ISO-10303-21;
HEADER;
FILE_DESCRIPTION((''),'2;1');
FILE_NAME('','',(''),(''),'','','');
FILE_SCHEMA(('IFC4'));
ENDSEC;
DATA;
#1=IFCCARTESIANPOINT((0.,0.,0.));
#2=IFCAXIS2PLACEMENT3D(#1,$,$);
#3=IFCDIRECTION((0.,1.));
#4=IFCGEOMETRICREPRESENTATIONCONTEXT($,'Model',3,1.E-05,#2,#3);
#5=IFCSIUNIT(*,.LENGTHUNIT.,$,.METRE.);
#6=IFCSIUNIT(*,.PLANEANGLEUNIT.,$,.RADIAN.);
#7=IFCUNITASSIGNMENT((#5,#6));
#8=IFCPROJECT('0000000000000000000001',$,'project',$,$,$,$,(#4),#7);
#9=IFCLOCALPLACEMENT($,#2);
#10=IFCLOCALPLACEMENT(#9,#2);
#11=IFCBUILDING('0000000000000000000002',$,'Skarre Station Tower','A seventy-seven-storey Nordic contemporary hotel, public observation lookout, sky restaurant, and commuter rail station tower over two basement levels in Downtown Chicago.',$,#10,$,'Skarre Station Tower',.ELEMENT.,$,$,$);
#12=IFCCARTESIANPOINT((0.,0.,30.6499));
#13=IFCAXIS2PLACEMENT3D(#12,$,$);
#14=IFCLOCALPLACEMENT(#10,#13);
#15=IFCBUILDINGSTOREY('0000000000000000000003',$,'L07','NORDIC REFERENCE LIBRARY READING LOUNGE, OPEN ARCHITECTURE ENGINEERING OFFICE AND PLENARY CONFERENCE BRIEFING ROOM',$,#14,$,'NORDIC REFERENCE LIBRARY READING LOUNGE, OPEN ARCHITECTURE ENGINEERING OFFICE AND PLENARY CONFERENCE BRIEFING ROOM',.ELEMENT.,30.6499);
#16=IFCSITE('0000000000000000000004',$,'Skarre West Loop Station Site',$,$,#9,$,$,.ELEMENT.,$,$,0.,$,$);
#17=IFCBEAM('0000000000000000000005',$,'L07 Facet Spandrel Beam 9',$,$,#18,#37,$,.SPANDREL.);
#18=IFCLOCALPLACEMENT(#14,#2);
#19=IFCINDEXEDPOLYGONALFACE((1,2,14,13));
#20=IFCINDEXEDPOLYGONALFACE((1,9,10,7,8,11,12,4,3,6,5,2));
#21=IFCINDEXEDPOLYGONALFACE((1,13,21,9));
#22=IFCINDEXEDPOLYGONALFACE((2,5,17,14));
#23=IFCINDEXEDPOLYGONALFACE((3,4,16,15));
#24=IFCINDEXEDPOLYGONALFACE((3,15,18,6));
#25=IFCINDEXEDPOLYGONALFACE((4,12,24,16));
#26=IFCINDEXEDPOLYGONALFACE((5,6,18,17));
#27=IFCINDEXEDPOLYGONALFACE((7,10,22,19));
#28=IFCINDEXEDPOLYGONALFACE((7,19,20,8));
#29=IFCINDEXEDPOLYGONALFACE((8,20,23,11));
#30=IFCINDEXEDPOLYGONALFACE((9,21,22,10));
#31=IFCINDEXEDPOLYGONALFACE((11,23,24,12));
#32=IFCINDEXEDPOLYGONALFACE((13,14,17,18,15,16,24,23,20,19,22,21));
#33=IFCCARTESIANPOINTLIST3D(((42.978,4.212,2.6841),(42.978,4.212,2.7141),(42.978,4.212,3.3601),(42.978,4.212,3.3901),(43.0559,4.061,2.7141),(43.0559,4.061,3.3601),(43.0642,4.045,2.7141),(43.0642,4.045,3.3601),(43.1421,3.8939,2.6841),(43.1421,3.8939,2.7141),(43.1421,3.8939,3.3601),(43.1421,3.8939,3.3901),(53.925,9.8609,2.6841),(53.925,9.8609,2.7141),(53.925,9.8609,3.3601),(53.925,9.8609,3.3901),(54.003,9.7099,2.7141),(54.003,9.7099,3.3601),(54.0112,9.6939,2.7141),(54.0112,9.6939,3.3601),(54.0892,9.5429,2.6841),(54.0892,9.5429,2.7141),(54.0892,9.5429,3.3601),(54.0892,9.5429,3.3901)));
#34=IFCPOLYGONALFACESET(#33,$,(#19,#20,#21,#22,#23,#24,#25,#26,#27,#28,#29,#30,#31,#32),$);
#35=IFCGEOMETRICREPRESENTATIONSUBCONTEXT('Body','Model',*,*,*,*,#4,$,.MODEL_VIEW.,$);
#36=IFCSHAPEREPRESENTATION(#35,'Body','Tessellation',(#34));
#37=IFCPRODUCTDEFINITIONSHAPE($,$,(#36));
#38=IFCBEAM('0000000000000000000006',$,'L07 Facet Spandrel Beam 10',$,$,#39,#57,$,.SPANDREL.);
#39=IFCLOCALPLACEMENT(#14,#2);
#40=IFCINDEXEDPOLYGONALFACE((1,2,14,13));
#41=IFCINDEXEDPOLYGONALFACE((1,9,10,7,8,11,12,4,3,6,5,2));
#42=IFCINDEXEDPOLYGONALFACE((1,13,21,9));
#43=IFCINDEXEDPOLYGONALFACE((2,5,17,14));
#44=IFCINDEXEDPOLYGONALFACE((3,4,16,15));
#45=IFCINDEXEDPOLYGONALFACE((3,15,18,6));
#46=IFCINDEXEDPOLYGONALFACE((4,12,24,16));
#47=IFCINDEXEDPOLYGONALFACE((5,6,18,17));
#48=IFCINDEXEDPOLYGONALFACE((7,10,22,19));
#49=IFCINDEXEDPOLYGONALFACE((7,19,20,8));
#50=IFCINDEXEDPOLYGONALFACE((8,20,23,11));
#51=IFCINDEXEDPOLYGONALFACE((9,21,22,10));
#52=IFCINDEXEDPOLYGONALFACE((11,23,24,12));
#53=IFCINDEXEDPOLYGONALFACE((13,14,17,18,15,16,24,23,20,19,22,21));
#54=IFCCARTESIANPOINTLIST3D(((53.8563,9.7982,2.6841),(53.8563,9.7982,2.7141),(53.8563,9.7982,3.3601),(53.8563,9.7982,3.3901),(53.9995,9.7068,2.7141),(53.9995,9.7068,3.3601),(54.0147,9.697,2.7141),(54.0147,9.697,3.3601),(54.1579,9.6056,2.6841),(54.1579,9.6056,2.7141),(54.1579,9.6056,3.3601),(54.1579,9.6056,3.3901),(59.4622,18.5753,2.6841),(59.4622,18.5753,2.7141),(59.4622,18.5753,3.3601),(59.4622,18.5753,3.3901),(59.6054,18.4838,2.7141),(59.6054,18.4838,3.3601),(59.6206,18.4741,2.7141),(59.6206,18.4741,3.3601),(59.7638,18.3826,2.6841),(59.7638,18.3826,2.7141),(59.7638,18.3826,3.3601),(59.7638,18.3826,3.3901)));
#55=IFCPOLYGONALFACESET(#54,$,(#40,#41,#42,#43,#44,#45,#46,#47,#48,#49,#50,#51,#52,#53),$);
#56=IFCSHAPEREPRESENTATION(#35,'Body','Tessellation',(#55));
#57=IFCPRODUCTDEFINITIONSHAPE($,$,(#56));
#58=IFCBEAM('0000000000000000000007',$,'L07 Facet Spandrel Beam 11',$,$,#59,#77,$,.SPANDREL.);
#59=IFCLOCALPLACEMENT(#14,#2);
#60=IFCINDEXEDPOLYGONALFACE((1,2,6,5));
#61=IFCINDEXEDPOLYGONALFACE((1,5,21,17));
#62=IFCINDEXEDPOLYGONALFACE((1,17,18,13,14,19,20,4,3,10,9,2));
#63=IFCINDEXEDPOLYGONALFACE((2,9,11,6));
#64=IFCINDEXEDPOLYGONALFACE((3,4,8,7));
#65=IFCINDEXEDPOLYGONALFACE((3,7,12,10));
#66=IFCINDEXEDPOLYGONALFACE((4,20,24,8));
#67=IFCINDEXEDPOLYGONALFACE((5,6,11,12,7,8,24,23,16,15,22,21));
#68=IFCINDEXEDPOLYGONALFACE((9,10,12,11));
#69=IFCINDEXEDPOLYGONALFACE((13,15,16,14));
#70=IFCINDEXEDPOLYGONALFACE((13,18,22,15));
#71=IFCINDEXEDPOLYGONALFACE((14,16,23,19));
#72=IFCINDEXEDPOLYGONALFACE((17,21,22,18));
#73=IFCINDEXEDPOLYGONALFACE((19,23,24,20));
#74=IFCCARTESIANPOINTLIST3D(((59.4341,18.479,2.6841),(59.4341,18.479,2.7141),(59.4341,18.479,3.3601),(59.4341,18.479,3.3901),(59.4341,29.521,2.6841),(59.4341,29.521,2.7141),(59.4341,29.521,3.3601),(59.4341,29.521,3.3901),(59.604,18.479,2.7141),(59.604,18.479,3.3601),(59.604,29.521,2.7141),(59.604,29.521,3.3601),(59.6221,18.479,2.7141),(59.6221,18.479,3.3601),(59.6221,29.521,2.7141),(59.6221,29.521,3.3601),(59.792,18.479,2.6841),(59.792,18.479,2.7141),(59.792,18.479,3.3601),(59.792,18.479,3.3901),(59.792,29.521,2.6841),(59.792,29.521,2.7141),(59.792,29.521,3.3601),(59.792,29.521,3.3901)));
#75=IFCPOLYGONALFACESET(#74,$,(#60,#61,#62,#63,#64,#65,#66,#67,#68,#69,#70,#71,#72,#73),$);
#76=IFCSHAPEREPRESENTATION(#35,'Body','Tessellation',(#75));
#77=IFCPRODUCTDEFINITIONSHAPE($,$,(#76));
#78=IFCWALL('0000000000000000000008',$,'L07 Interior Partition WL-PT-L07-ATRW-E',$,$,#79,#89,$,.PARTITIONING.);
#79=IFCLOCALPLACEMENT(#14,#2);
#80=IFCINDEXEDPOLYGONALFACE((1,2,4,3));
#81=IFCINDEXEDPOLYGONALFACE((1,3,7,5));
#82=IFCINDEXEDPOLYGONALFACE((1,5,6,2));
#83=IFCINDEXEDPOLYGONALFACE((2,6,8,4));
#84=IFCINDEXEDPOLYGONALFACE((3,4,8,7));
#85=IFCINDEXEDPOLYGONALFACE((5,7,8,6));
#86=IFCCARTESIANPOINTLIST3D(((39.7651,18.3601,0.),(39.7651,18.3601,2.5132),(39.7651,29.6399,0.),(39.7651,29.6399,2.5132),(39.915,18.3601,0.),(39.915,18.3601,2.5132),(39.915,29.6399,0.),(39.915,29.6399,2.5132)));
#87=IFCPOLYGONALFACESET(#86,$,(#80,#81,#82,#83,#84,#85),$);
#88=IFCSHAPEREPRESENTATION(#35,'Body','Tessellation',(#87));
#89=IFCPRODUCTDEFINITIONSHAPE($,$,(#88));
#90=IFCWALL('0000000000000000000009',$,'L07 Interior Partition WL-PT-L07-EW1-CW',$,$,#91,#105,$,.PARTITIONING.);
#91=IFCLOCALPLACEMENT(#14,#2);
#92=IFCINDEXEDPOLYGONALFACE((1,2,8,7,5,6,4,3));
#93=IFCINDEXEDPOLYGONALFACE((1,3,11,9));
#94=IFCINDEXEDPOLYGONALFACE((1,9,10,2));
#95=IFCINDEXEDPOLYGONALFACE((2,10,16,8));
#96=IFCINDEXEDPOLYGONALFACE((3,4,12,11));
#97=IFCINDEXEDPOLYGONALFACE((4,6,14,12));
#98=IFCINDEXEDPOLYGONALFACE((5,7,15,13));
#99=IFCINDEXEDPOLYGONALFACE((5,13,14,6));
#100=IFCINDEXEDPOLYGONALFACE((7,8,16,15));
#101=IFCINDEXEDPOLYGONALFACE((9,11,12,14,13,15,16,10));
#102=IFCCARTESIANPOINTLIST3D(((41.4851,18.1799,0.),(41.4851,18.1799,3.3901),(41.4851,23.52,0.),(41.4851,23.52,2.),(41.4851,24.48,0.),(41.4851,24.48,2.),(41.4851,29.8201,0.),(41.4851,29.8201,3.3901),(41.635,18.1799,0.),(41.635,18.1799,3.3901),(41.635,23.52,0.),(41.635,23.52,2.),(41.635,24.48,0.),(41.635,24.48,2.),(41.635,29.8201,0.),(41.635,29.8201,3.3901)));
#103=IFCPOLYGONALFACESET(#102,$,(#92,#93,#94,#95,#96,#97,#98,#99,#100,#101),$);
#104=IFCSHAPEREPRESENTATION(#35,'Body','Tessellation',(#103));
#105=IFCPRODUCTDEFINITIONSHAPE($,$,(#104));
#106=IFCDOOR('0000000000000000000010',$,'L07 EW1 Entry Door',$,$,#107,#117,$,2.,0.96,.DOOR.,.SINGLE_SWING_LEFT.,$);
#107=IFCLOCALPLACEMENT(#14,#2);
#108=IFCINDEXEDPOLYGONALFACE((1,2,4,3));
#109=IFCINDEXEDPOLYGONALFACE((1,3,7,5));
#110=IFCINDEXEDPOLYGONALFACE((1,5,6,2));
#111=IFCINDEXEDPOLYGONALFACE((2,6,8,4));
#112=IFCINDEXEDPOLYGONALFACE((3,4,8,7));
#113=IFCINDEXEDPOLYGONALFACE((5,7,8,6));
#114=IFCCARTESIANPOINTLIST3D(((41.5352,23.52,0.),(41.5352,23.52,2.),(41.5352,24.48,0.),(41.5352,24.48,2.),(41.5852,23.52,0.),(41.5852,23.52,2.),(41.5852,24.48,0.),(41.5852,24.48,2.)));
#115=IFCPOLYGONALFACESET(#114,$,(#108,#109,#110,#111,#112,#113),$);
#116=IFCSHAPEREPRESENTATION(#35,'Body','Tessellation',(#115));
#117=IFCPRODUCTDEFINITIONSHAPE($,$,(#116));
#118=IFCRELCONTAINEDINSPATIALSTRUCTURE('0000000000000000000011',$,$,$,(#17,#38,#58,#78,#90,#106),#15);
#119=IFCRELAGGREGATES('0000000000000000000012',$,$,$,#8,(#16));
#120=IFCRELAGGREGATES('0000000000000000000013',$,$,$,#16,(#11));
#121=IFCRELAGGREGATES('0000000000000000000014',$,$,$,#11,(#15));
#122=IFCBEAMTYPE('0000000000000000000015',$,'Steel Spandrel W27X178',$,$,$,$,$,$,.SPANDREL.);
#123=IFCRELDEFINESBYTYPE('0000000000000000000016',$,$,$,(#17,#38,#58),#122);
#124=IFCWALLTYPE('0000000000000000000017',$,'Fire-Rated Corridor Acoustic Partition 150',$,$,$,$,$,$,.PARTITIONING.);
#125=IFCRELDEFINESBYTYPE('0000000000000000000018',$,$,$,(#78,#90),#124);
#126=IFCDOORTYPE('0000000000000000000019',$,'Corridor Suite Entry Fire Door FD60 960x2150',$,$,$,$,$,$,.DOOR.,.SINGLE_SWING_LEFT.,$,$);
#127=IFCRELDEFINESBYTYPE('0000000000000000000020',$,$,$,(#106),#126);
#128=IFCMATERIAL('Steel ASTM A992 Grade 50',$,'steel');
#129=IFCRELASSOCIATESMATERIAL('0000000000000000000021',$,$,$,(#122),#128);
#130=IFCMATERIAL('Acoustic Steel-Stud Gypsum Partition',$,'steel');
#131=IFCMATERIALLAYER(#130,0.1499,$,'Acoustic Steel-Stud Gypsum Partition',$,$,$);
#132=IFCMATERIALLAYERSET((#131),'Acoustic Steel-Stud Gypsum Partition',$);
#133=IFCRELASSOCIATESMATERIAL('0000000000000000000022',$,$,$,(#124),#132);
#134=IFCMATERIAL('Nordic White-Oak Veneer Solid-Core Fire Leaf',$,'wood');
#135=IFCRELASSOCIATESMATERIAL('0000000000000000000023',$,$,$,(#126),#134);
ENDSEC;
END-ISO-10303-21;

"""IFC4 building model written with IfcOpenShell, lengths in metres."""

from ifc_helpers import new_model, si_unit, direction, frame, frame_2d, origin, origin_2d, place, context, subcontext, project, spatial, rectangle, i_section, extrude, material, layer, layer_set, material_profile, profile_set, type_object, element, fill, save


model = new_model("IFC4")

# Units and contexts
model_context = context("Model", 3, precision=1e-05, world=origin(), true_north=direction((0.0, 1.0)))
body_context = subcontext(model_context, "Body", "Model", "MODEL_VIEW")
ifc_project = project(units=[si_unit("LENGTHUNIT", "METRE"), si_unit("PLANEANGLEUNIT", "RADIAN")], contexts=[model_context])

# Site, building, storey
site_placement = place(None, origin())
site = spatial("IfcSite", under=ifc_project, at=site_placement, Name="Skarre West Loop Station Site", CompositionType="ELEMENT", RefElevation=0.0)
building_placement = place(site_placement, origin())
building = spatial("IfcBuilding", under=site, at=building_placement, Name="Skarre Station Tower", Description="A seventy-seven-storey Nordic contemporary hotel, public observation lookout, sky restaurant, and commuter rail station tower over two basement levels in Downtown Chicago.", LongName="Skarre Station Tower", CompositionType="ELEMENT")
storey_placement = place(building_placement, frame((0.0, 0.0, 30.6499)))
storey = spatial("IfcBuildingStorey", under=building, at=storey_placement, Name="L07", Description="NORDIC REFERENCE LIBRARY READING LOUNGE, OPEN ARCHITECTURE ENGINEERING OFFICE AND PLENARY CONFERENCE BRIEFING ROOM", LongName="NORDIC REFERENCE LIBRARY READING LOUNGE, OPEN ARCHITECTURE ENGINEERING OFFICE AND PLENARY CONFERENCE BRIEFING ROOM", CompositionType="ELEMENT", Elevation=30.6499)

# Beams
ifc_material_1 = material(Name="Steel ASTM A992 Grade 50", Category="steel")
ifc_material_profile_1 = material_profile(ifc_material_1, i_section(OverallWidth=0.3579, OverallDepth=0.7061, WebThickness=0.0181, FlangeThickness=0.03, at=origin_2d()), Name="Steel ASTM A992 Grade 50")
ifc_profile_set_1 = profile_set([ifc_material_profile_1], Name="Steel ASTM A992 Grade 50")
beam_type_1 = type_object("IfcBeamType", Name="Steel Spandrel W27X178", PredefinedType="SPANDREL", material=ifc_profile_set_1)
beam_1_placement = place(storey_placement, frame((43.0601, 4.053, 3.0371), z_axis=(0.888659, 0.458569, 0.0), x_axis=(-0.458569, 0.888659, 0.0)))
element("IfcBeam", 1, at=beam_1_placement, inside=storey, type_object=beam_type_1, Name="L07 Facet Spandrel Beam 9", PredefinedType="SPANDREL", context=body_context, shape_type="SweptSolid", body=[
    extrude(i_section(OverallWidth=0.3579, OverallDepth=0.7061, WebThickness=0.0181, FlangeThickness=0.03, at=origin_2d()), origin(), (0.0, 0.0, 1.0), 12.3186),
])
beam_2_placement = place(storey_placement, frame((54.0071, 9.7019, 3.0371), z_axis=(0.538278, 0.842767, 0.0), x_axis=(-0.842767, 0.538278, 0.0)))
element("IfcBeam", 2, at=beam_2_placement, inside=storey, type_object=beam_type_1, Name="L07 Facet Spandrel Beam 10", PredefinedType="SPANDREL", context=body_context, shape_type="SweptSolid", body=[
    extrude(i_section(OverallWidth=0.3579, OverallDepth=0.7061, WebThickness=0.0181, FlangeThickness=0.03, at=origin_2d()), origin(), (0.0, 0.0, 1.0), 10.4146),
])
beam_3_placement = place(storey_placement, frame((59.613, 18.479, 3.0371), z_axis=(0.0, 1.0, 0.0), x_axis=(-1.0, 0.0, 0.0)))
element("IfcBeam", 3, at=beam_3_placement, inside=storey, type_object=beam_type_1, Name="L07 Facet Spandrel Beam 11", PredefinedType="SPANDREL", context=body_context, shape_type="SweptSolid", body=[
    extrude(i_section(OverallWidth=0.3579, OverallDepth=0.7061, WebThickness=0.0181, FlangeThickness=0.03, at=origin_2d()), origin(), (0.0, 0.0, 1.0), 11.042),
])

# Wall
ifc_material_2 = material(Name="Acoustic Steel-Stud Gypsum Partition", Category="steel")
ifc_layer_1 = layer(ifc_material_2, 0.1499, Name="Acoustic Steel-Stud Gypsum Partition")
ifc_layer_set_1 = layer_set([ifc_layer_1], Name="Acoustic Steel-Stud Gypsum Partition")
wall_type_1 = type_object("IfcWallType", Name="Fire-Rated Corridor Acoustic Partition 150", PredefinedType="PARTITIONING", material=ifc_layer_set_1)
wall_1_placement = place(storey_placement, frame((39.8401, 18.3601, 0.0), z_axis=(0.0, 0.0, 1.0), x_axis=(0.0, 1.0, 0.0)))
element("IfcWall", 4, at=wall_1_placement, inside=storey, type_object=wall_type_1, Name="L07 Interior Partition WL-PT-L07-ATRW-E", PredefinedType="PARTITIONING", context=body_context, shape_type="SweptSolid", body=[
    extrude(rectangle(XDim=11.2798, YDim=0.1499, at=frame_2d((5.6399, 0.0))), origin(), (0.0, 0.0, 1.0), 2.5132),
])

# Wall, opening, door
wall_2_placement = place(storey_placement, frame((41.5601, 18.1799, 0.0), z_axis=(0.0, 0.0, 1.0), x_axis=(0.0, 1.0, 0.0)))
wall_2 = element("IfcWall", 5, at=wall_2_placement, inside=storey, type_object=wall_type_1, Name="L07 Interior Partition WL-PT-L07-EW1-CW", PredefinedType="PARTITIONING", context=body_context, shape_type="SweptSolid", body=[
    extrude(rectangle(XDim=11.6401, YDim=0.1499, at=frame_2d((5.8201, 0.0))), origin(), (0.0, 0.0, 1.0), 3.3901),
])
opening_1_placement = place(wall_2_placement, frame((5.3401, 0.0, 0.0)))
opening_1 = element("IfcOpeningElement", 6, at=opening_1_placement, cuts=wall_2, PredefinedType="OPENING", context=body_context, shape_type="SweptSolid", body=[
    extrude(rectangle(XDim=0.96, YDim=2.0, at=frame_2d((0.48, 1.0))), frame((0.0, 0.085, 0.0), z_axis=(0.0, -1.0, 0.0), x_axis=(1.0, 0.0, 0.0)), (0.0, 0.0, 1.0), 0.1699),
])
ifc_material_3 = material(Name="Nordic White-Oak Veneer Solid-Core Fire Leaf", Category="wood")
door_type = type_object("IfcDoorType", Name="Corridor Suite Entry Fire Door FD60 960x2150", OperationType="SINGLE_SWING_LEFT", PredefinedType="DOOR", material=ifc_material_3)
door_placement = place(opening_1_placement, origin())
door = element("IfcDoor", 7, at=door_placement, inside=storey, type_object=door_type, Name="L07 EW1 Entry Door", OperationType="SINGLE_SWING_LEFT", OverallHeight=2.0, OverallWidth=0.96, PredefinedType="DOOR", context=body_context, shape_type="SweptSolid", body=[
    extrude(rectangle(XDim=0.96, YDim=2.0, at=frame_2d((0.48, 1.0))), frame((0.0, 0.0249, 0.0), z_axis=(0.0, -1.0, 0.0), x_axis=(1.0, 0.0, 0.0)), (0.0, 0.0, 1.0), 0.05),
])
fill(opening_1, door)

save(model, "model.ifc")
